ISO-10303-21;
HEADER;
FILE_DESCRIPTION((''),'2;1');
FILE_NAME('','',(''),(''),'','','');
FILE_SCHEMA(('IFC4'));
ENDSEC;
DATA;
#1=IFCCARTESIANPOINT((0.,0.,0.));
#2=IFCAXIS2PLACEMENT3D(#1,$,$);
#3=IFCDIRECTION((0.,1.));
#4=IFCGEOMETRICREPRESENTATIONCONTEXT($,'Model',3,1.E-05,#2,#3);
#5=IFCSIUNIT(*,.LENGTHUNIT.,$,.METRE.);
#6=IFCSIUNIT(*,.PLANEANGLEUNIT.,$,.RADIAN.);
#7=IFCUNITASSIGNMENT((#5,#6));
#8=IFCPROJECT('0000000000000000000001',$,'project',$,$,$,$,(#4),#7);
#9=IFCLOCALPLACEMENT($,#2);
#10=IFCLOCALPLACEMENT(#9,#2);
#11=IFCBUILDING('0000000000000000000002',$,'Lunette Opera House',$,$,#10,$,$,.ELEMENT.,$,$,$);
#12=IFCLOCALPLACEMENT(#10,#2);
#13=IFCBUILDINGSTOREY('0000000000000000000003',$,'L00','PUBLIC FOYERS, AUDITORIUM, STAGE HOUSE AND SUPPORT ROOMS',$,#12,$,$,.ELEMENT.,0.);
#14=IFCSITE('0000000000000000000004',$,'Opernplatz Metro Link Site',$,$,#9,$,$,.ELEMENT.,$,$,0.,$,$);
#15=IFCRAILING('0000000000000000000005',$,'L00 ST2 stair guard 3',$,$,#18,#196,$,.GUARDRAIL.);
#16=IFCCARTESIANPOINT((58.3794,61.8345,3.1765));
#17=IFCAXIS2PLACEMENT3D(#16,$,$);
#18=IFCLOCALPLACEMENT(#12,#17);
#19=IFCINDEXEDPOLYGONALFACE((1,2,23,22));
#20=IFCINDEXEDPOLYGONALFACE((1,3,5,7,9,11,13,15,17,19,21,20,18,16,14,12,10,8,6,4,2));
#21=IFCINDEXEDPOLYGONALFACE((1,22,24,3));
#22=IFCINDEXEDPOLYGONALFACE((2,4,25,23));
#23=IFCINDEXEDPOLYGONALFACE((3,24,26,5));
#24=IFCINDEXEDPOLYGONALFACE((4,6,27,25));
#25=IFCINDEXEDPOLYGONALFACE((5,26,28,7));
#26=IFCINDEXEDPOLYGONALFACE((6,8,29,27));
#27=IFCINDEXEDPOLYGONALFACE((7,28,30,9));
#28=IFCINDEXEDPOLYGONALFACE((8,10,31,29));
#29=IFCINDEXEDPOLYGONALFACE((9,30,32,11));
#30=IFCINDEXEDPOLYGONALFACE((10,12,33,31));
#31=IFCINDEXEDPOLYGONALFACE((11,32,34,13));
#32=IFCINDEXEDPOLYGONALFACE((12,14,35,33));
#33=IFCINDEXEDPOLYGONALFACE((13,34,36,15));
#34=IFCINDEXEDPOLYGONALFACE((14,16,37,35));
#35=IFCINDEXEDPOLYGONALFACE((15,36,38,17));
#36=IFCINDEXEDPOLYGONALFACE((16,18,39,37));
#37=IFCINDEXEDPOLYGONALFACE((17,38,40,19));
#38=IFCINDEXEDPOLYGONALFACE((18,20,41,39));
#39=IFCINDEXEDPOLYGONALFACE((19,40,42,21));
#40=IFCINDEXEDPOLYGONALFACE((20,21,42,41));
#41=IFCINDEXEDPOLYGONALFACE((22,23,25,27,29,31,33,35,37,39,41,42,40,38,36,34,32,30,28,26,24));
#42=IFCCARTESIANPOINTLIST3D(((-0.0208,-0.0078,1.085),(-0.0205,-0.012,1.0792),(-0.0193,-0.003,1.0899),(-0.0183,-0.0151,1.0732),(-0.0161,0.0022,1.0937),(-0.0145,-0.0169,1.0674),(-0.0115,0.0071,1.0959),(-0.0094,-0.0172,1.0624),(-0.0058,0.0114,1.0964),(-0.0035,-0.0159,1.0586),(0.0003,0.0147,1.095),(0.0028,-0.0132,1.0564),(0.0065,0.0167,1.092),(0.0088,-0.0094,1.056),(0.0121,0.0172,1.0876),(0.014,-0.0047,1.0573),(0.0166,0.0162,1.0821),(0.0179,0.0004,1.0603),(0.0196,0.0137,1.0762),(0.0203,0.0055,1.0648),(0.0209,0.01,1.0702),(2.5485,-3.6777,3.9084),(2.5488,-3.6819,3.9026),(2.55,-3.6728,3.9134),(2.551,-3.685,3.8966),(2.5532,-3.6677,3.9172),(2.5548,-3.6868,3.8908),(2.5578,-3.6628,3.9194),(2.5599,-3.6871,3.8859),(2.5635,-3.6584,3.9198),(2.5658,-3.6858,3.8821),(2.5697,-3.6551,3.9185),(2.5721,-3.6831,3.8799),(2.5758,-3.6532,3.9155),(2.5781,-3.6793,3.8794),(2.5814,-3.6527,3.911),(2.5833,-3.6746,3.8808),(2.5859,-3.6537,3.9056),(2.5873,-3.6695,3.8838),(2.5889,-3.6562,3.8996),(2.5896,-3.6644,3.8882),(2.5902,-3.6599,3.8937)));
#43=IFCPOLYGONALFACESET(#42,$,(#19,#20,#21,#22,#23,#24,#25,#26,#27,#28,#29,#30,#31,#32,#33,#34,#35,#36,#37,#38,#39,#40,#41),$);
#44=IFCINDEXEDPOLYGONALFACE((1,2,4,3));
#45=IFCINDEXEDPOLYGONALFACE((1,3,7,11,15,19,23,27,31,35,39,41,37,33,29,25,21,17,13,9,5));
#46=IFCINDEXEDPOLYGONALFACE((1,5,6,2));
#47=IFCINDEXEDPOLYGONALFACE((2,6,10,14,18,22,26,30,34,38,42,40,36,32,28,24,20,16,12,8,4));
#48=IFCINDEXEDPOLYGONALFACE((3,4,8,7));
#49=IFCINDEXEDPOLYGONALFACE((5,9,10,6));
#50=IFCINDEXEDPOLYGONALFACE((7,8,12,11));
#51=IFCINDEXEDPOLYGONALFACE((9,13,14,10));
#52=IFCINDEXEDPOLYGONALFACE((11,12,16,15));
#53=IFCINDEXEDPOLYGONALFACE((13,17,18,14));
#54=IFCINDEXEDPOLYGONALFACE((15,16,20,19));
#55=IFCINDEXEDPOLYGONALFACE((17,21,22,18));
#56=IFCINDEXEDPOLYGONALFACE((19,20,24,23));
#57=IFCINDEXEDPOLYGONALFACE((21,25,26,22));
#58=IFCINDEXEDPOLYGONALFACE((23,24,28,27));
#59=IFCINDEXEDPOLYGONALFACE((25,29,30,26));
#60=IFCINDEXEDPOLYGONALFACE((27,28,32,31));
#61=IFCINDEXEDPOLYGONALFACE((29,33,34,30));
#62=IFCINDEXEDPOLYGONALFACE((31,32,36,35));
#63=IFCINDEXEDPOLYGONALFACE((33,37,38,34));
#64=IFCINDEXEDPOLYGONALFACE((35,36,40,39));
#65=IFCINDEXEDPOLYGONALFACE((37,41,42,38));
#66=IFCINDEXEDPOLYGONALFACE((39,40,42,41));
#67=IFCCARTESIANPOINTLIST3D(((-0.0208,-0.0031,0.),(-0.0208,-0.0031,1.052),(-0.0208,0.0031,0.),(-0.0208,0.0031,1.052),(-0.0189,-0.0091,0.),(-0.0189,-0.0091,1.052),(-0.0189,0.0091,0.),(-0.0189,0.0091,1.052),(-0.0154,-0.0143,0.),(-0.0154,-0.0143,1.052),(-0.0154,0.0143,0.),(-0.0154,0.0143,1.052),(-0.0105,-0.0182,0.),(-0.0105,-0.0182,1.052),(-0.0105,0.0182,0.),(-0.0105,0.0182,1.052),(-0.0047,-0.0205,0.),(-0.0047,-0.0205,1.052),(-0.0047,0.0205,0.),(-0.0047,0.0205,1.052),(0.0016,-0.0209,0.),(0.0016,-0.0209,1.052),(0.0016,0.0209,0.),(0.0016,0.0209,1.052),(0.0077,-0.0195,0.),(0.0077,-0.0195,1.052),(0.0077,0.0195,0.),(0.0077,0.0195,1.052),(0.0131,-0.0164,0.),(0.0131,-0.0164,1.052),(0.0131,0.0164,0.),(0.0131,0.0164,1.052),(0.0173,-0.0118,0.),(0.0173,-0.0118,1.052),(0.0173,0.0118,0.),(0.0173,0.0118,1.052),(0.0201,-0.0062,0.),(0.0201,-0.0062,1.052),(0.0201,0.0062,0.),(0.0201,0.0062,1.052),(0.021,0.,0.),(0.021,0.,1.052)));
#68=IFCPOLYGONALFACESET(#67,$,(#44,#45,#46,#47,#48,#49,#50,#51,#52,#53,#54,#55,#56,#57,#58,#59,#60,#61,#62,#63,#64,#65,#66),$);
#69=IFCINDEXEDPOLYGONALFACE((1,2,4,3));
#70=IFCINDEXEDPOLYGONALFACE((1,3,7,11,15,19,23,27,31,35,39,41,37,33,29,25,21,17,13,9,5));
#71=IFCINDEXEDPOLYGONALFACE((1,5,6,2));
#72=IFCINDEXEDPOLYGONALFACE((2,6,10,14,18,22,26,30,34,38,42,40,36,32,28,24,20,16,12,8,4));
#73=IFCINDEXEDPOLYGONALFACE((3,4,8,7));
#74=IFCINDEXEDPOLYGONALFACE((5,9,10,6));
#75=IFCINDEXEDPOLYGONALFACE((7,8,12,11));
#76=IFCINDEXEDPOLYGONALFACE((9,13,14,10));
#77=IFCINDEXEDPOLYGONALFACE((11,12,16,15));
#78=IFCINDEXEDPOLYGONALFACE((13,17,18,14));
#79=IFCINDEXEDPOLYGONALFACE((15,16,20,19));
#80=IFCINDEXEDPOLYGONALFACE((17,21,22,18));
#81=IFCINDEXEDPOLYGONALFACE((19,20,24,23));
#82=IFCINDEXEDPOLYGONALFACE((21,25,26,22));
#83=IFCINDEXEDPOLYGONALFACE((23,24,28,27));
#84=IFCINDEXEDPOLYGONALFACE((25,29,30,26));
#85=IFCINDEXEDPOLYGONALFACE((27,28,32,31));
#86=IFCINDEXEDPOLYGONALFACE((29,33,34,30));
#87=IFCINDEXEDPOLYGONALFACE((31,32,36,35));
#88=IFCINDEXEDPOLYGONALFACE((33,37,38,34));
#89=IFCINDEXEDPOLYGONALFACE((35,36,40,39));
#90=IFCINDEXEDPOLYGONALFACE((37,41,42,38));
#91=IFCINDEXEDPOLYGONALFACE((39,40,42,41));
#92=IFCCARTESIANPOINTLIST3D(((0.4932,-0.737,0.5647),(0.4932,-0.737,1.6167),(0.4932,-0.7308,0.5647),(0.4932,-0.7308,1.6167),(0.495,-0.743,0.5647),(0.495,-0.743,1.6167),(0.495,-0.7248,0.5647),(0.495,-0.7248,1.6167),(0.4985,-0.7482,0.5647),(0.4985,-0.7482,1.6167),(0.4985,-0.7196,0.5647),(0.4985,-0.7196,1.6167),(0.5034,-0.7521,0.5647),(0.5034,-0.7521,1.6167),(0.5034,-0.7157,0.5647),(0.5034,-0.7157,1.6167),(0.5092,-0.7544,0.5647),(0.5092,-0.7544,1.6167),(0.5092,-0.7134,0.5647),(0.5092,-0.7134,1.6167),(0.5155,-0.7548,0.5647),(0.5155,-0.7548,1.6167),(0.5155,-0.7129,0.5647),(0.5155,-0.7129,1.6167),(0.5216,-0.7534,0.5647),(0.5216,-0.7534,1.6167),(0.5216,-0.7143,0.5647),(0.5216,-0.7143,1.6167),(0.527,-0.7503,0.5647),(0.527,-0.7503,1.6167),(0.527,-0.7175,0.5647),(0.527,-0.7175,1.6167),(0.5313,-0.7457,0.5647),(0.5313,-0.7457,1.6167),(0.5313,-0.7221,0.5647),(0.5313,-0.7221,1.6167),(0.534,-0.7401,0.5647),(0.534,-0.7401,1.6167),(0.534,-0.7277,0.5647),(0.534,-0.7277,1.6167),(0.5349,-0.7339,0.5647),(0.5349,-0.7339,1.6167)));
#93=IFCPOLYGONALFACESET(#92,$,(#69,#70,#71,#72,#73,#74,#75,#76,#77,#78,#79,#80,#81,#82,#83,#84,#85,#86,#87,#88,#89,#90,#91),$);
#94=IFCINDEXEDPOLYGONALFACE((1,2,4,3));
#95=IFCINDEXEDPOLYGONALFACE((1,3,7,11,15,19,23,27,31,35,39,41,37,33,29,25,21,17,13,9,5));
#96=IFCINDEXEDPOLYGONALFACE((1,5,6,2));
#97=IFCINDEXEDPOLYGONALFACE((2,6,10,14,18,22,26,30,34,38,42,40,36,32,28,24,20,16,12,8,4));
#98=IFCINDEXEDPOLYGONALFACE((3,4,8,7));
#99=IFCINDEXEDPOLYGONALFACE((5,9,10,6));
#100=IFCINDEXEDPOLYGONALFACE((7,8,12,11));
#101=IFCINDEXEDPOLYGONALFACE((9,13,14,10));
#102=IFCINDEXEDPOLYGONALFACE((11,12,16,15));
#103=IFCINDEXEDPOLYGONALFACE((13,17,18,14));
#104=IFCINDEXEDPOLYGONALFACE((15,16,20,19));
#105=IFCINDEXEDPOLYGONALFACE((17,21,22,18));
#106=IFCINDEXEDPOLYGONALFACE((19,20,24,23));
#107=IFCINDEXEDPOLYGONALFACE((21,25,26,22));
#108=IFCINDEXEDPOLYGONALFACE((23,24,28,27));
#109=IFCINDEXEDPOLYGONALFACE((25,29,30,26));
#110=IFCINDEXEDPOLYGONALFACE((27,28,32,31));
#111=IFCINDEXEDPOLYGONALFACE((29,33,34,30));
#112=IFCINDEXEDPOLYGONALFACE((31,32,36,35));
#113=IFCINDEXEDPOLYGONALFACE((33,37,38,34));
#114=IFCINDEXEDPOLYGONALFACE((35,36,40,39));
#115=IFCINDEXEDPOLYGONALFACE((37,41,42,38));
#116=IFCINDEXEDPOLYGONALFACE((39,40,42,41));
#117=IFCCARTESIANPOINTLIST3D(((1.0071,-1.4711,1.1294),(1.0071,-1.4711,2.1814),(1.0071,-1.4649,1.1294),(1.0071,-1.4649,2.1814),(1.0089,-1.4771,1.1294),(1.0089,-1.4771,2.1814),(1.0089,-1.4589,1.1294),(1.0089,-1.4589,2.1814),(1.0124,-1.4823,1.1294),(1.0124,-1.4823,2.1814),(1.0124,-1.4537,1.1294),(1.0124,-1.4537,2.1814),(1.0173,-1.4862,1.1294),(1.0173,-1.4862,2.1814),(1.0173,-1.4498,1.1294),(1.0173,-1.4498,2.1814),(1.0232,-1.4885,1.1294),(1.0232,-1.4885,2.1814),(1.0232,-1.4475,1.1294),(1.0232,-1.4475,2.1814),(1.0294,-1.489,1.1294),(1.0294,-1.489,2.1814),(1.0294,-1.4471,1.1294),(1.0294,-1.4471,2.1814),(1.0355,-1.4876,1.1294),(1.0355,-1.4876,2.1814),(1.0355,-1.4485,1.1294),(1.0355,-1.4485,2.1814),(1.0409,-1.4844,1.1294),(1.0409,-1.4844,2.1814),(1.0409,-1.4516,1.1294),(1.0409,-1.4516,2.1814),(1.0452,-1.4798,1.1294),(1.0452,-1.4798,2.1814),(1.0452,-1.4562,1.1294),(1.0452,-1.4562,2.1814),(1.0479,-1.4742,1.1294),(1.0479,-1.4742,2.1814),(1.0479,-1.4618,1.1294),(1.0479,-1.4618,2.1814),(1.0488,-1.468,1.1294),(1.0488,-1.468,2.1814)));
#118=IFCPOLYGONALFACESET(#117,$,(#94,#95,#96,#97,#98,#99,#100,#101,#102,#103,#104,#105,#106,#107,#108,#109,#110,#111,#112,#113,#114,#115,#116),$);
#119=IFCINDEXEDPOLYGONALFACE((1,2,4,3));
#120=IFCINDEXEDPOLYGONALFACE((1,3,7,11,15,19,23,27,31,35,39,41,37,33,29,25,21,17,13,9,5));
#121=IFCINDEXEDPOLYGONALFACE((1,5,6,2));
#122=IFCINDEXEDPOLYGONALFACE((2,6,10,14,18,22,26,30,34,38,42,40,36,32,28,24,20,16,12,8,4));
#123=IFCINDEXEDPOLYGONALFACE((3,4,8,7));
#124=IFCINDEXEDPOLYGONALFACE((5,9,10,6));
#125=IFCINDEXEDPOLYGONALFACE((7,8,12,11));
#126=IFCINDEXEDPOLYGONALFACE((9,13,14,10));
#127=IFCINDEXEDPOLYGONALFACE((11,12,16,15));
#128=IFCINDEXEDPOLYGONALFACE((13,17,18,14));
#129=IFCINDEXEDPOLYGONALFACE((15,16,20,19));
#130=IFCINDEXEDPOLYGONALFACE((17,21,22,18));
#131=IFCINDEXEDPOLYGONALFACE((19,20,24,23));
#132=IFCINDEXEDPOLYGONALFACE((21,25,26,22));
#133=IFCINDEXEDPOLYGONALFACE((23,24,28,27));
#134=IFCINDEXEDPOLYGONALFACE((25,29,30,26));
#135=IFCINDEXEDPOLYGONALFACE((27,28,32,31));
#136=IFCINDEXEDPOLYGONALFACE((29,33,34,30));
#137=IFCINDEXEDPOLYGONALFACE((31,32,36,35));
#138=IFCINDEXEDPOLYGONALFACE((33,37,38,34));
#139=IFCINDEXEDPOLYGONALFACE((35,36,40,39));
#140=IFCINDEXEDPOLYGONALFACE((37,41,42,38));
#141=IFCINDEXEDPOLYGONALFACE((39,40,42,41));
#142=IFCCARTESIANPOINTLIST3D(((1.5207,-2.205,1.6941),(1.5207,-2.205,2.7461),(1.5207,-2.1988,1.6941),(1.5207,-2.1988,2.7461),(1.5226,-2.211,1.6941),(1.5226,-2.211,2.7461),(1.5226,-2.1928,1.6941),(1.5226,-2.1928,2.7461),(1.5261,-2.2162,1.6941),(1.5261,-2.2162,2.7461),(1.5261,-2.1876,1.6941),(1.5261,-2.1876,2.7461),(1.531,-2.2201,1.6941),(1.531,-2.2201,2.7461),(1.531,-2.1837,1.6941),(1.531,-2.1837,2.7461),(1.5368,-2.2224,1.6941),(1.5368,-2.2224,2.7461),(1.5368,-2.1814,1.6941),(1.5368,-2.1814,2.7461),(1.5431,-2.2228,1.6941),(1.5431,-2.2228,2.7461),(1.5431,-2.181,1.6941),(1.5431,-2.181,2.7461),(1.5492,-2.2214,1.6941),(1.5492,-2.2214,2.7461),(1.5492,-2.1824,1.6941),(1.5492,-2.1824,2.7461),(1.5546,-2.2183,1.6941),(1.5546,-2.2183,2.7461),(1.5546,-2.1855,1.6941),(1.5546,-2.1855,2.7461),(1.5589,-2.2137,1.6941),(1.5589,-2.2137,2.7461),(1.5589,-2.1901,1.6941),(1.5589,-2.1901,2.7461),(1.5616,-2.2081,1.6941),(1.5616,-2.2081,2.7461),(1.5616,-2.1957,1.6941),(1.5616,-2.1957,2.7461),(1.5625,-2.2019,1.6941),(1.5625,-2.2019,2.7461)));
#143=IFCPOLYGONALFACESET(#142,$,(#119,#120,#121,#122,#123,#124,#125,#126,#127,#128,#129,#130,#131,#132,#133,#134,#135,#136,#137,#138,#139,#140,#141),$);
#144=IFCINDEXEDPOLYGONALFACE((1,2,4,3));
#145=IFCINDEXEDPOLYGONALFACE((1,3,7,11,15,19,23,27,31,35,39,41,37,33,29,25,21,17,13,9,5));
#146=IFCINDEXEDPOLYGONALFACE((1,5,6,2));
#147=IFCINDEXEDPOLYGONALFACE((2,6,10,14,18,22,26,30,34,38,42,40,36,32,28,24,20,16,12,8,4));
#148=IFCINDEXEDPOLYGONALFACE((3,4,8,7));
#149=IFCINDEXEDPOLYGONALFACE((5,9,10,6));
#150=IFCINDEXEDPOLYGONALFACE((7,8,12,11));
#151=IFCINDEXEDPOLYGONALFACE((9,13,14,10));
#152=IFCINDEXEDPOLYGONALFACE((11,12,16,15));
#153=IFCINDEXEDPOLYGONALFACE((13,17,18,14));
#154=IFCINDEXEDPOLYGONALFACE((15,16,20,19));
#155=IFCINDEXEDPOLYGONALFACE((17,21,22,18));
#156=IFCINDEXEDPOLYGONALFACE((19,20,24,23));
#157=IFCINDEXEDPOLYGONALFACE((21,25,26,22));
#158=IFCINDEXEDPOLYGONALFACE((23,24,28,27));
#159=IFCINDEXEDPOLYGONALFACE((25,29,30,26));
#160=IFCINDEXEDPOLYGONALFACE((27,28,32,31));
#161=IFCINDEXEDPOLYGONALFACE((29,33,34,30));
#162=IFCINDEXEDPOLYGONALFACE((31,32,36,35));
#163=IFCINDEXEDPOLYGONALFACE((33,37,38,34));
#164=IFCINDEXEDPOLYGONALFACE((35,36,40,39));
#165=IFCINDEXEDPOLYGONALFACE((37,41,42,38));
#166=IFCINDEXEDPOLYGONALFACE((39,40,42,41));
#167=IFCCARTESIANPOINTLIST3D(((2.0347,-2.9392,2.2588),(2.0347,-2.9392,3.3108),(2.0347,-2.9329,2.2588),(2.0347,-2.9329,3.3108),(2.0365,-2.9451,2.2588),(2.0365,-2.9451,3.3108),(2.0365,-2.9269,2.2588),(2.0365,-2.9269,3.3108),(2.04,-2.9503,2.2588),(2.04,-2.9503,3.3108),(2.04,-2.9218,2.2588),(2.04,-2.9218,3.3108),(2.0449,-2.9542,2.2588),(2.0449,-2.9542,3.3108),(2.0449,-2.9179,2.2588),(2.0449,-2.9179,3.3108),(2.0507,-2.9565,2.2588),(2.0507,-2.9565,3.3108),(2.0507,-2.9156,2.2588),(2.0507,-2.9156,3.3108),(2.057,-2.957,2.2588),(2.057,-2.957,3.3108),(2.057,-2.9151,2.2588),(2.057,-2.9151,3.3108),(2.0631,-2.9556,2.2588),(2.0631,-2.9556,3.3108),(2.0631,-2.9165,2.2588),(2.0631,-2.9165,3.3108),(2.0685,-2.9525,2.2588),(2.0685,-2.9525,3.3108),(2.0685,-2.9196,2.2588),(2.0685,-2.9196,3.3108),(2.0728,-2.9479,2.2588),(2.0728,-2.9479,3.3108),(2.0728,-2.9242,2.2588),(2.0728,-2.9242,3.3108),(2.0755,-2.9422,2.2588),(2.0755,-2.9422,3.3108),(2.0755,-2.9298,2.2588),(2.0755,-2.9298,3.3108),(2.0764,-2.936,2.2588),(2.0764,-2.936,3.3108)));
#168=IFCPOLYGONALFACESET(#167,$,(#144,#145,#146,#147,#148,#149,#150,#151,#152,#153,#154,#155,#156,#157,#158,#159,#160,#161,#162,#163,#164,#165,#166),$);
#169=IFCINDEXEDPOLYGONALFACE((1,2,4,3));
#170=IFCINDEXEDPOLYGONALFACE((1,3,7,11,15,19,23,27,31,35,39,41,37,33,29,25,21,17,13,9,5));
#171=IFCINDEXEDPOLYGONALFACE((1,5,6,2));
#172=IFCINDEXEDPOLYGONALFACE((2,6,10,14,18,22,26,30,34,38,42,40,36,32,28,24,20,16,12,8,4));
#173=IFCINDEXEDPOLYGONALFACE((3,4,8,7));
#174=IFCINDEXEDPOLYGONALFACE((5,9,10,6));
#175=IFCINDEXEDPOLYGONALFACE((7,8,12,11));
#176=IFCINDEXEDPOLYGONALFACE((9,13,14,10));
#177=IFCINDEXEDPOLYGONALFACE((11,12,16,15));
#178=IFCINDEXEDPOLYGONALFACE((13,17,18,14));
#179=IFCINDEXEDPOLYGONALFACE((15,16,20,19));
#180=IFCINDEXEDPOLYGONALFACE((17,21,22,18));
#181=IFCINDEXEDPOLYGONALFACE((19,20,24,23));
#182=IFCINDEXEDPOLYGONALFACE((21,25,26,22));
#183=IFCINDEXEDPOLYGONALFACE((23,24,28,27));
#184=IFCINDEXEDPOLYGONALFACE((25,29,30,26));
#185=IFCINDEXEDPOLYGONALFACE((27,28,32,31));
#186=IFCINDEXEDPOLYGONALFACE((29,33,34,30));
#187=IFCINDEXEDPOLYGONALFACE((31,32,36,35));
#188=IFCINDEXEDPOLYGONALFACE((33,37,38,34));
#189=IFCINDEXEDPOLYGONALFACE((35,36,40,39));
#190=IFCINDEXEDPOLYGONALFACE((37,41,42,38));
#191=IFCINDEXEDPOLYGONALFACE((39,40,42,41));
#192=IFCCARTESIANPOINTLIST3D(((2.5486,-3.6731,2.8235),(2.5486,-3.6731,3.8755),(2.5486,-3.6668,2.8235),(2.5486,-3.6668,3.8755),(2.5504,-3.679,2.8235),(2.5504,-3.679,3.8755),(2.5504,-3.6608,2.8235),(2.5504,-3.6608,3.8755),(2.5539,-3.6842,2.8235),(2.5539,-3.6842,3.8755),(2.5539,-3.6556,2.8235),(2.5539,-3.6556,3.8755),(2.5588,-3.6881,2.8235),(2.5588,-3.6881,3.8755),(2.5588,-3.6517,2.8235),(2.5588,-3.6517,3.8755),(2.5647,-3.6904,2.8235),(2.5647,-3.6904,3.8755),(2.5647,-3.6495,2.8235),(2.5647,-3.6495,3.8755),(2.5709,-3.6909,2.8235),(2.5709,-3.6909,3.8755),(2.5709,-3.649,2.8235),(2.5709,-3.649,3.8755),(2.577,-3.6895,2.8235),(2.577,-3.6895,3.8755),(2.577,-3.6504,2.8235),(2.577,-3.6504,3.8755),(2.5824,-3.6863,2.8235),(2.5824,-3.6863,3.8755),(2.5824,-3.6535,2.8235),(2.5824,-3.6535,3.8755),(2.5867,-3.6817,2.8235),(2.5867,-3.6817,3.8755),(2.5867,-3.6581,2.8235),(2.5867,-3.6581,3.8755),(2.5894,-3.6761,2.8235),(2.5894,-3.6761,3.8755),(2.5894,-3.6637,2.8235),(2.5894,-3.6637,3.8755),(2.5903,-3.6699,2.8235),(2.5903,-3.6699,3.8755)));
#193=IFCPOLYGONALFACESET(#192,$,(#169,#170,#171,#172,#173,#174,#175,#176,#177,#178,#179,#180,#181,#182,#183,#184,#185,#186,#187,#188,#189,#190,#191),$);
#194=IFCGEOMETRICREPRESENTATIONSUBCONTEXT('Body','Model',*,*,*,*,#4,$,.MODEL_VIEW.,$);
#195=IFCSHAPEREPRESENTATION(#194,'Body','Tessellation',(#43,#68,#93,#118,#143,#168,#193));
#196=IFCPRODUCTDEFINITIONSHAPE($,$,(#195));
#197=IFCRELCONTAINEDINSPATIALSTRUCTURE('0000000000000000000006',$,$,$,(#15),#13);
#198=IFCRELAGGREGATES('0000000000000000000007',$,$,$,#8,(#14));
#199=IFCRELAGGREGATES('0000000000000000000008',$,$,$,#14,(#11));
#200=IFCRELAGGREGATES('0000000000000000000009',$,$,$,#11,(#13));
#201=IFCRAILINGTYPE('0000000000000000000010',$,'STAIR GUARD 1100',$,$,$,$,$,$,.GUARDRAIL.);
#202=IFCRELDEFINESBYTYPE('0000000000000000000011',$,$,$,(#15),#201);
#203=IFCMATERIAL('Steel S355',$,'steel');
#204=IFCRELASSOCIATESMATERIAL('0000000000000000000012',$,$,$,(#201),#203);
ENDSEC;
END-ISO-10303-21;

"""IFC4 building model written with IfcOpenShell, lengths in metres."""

from ifc_helpers import new_model, si_unit, direction, frame, origin, origin_2d, place, context, subcontext, project, spatial, circle, extrude, material, type_object, element, save


model = new_model("IFC4")

# Units and contexts
model_context = context("Model", 3, precision=1e-05, world=origin(), true_north=direction((0.0, 1.0)))
body_context = subcontext(model_context, "Body", "Model", "MODEL_VIEW")
ifc_project = project(units=[si_unit("LENGTHUNIT", "METRE"), si_unit("PLANEANGLEUNIT", "RADIAN")], contexts=[model_context])

# Site, building, storey
site_placement = place(None, origin())
site = spatial("IfcSite", under=ifc_project, at=site_placement, Name="Opernplatz Metro Link Site", CompositionType="ELEMENT", RefElevation=0.0)
building_placement = place(site_placement, origin())
building = spatial("IfcBuilding", under=site, at=building_placement, Name="Lunette Opera House", CompositionType="ELEMENT")
storey_placement = place(building_placement, origin())
storey = spatial("IfcBuildingStorey", under=building, at=storey_placement, Name="L00", Description="PUBLIC FOYERS, AUDITORIUM, STAGE HOUSE AND SUPPORT ROOMS", CompositionType="ELEMENT", Elevation=0.0)

# Railing
ifc_material_1 = material(Name="Steel S355", Category="steel")
railing_type_1 = type_object("IfcRailingType", Name="STAIR GUARD 1100", PredefinedType="GUARDRAIL", material=ifc_material_1)
railing_1_placement = place(storey_placement, frame((58.3794, 61.8345, 3.1765)))
element("IfcRailing", 1, at=railing_1_placement, inside=storey, type_object=railing_type_1, Name="L00 ST2 stair guard 3", PredefinedType="GUARDRAIL", context=body_context, shape_type="SweptSolid", body=[
    extrude(circle(Radius=0.0239, at=origin_2d()), frame((0.0, 0.0, 1.0762), z_axis=(0.485196, -0.693032, 0.53319), x_axis=(0.819191, 0.573521, 0.0)), (0.0, 0.0, 1.0), 5.2954),
    extrude(circle(Radius=0.021, at=origin_2d()), origin(), (0.0, 0.0, 1.0), 1.052),
    extrude(circle(Radius=0.021, at=origin_2d()), frame((0.5139, -0.7339, 0.5647)), (0.0, 0.0, 1.0), 1.052),
    extrude(circle(Radius=0.021, at=origin_2d()), frame((1.0278, -1.468, 1.1294)), (0.0, 0.0, 1.0), 1.052),
    extrude(circle(Radius=0.021, at=origin_2d()), frame((1.5415, -2.2019, 1.6941)), (0.0, 0.0, 1.0), 1.052),
    extrude(circle(Radius=0.021, at=origin_2d()), frame((2.0554, -2.936, 2.2588)), (0.0, 0.0, 1.0), 1.052),
    extrude(circle(Radius=0.021, at=origin_2d()), frame((2.5693, -3.6699, 2.8235)), (0.0, 0.0, 1.0), 1.052),
])

save(model, "model.ifc")
